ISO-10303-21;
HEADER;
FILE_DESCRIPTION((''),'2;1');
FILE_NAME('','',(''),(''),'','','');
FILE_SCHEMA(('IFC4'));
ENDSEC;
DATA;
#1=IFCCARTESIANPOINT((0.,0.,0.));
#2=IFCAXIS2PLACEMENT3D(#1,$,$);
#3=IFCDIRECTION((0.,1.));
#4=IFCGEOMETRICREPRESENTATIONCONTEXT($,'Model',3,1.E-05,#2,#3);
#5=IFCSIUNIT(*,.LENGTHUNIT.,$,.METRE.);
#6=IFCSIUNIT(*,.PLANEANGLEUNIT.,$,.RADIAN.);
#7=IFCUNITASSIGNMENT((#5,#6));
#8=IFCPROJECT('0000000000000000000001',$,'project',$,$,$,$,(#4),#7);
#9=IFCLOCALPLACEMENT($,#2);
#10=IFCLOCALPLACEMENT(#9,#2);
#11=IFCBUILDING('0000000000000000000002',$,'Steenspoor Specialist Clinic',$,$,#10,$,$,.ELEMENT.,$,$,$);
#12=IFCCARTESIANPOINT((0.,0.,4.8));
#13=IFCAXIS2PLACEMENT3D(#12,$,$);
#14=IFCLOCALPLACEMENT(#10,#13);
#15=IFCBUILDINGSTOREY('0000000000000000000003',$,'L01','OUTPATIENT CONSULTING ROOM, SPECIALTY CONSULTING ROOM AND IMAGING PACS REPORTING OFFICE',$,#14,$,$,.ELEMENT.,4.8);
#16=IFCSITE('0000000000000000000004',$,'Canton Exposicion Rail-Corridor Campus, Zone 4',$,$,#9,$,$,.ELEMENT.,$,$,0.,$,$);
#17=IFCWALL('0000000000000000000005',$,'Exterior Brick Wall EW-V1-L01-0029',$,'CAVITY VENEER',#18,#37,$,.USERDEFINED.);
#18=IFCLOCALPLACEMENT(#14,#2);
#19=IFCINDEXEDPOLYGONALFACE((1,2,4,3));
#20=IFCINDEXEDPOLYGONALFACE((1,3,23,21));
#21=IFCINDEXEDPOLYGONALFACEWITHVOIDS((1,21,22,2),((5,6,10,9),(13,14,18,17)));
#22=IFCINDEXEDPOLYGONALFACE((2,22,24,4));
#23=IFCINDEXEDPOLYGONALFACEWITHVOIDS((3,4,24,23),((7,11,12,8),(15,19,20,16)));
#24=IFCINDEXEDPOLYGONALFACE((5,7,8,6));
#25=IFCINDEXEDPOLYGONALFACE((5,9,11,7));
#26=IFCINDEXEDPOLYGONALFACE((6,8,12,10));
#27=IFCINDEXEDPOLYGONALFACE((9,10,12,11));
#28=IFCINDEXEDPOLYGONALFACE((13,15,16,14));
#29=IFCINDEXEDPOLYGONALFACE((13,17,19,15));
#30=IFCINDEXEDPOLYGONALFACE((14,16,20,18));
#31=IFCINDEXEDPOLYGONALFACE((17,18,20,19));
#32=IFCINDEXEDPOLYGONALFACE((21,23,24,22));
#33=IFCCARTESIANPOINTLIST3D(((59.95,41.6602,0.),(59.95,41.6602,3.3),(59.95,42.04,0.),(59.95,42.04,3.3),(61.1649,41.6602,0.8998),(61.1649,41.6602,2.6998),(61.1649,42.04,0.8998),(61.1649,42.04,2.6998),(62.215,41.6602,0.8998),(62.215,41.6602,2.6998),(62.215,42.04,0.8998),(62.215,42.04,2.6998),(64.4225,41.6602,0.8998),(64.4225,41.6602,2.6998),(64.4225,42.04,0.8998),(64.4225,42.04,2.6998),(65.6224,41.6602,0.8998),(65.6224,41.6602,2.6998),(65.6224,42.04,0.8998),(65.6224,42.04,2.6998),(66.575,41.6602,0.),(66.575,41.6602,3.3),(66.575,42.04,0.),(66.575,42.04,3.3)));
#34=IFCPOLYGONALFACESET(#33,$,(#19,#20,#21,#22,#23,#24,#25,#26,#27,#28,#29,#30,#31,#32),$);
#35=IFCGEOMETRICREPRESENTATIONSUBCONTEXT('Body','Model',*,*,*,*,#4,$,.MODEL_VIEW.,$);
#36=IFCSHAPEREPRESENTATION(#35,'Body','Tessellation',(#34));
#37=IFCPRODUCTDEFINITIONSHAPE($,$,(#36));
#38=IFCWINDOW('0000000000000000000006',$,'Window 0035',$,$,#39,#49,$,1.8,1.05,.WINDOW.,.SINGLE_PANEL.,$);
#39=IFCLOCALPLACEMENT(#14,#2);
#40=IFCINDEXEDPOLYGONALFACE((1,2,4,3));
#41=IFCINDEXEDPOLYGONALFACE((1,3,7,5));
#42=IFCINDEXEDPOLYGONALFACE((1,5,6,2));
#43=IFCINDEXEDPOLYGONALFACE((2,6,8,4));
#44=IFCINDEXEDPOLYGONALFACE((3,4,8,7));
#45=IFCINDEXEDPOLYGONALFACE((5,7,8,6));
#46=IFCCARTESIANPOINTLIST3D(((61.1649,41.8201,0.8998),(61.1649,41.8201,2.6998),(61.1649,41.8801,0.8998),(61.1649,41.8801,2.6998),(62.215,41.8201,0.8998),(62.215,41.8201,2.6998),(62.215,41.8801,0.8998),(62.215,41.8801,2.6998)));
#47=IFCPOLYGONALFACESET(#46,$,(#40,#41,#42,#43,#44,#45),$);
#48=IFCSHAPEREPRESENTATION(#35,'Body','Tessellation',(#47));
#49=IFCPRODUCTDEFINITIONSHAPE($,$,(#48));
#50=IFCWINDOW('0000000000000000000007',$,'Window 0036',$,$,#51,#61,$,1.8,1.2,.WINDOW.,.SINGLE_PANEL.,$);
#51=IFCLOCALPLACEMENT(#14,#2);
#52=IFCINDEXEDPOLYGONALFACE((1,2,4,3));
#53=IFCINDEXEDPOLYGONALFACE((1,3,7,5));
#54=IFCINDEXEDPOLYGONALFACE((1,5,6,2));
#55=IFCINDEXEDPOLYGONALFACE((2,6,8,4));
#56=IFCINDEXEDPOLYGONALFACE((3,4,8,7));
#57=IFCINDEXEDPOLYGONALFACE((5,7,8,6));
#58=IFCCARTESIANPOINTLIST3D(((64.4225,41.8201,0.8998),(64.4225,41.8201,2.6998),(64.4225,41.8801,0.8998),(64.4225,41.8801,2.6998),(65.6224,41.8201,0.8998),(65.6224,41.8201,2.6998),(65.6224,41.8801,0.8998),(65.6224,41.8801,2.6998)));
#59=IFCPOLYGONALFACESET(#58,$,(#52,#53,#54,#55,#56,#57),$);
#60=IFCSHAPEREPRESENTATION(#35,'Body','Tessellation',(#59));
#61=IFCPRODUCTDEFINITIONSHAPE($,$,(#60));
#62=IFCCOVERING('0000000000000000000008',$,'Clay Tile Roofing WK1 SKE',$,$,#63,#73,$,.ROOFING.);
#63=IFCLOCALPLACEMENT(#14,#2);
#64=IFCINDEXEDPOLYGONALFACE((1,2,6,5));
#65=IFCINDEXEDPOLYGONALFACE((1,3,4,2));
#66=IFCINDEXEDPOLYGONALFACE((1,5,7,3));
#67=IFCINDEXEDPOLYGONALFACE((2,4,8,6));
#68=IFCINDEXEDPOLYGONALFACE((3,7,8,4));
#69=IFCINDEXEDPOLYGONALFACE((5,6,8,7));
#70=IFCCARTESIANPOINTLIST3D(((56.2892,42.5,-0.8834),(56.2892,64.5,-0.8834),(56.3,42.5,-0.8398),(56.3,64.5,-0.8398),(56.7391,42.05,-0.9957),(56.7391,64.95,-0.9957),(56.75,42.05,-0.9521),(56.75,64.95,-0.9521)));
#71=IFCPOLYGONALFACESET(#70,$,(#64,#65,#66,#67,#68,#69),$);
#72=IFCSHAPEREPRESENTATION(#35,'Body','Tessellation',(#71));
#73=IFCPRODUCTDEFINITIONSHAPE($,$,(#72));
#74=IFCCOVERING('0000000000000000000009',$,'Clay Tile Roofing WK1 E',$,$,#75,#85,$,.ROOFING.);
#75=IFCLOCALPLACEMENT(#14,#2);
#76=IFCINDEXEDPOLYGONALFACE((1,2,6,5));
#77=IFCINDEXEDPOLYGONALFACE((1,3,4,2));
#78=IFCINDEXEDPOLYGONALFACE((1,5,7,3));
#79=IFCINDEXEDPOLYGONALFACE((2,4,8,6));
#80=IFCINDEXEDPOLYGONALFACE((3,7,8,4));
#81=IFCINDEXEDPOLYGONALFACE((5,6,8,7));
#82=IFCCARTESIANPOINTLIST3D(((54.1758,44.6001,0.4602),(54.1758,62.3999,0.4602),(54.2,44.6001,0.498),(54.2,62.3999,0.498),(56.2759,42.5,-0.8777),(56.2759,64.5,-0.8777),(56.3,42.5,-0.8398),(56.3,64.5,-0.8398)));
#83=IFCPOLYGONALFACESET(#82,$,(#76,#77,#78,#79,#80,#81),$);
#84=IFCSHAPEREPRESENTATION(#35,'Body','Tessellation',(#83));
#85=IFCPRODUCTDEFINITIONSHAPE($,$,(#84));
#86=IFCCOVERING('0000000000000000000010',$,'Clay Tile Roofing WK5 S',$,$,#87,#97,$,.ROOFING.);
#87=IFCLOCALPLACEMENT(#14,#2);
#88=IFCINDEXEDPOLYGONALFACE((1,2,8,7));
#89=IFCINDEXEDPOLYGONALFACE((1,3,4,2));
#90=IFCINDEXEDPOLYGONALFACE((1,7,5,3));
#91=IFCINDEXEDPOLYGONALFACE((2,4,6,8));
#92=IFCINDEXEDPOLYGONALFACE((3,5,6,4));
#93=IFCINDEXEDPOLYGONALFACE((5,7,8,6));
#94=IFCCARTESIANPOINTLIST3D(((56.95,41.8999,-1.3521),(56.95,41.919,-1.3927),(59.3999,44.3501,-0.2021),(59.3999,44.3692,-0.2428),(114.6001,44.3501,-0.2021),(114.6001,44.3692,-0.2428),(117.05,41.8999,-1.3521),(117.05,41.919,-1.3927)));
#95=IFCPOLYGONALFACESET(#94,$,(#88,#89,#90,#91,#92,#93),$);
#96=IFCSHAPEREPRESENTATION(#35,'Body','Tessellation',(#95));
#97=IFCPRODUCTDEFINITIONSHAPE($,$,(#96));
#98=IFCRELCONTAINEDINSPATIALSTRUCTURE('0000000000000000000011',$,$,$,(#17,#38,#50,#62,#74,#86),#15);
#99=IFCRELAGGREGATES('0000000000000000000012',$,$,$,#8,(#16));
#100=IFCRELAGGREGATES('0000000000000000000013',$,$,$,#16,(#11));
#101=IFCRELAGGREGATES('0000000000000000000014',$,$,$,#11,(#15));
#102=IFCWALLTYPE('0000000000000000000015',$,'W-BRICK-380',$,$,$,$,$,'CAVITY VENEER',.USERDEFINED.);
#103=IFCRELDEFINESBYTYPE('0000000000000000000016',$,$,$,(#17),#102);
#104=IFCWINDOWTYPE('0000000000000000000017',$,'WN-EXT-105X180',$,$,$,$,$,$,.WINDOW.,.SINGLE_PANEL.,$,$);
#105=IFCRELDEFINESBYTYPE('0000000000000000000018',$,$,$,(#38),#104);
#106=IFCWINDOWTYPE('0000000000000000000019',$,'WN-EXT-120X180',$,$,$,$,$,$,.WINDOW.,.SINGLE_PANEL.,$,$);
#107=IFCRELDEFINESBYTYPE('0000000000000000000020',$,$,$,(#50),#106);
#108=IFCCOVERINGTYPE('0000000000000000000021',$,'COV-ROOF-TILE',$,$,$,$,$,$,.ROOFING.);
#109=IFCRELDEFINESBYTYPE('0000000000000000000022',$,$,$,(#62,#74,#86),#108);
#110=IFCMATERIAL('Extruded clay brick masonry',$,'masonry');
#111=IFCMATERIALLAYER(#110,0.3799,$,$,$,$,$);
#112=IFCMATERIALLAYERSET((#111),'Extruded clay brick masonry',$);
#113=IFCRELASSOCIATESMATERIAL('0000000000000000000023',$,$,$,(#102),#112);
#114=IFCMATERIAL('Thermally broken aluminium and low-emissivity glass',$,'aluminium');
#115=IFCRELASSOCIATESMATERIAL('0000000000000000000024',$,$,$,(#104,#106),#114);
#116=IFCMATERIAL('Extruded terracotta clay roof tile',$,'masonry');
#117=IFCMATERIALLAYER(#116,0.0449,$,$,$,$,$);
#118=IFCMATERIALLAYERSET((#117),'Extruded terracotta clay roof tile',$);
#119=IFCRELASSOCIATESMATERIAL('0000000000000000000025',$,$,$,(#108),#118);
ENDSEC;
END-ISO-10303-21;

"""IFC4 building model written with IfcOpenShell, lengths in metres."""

from ifc_helpers import new_model, si_unit, direction, frame, frame_2d, origin, place, context, subcontext, project, spatial, polyline, rectangle, outline, extrude, material, layer, layer_set, type_object, element, fill, save


model = new_model("IFC4")

# Units and contexts
model_context = context("Model", 3, precision=1e-05, world=origin(), true_north=direction((0.0, 1.0)))
body_context = subcontext(model_context, "Body", "Model", "MODEL_VIEW")
ifc_project = project(units=[si_unit("LENGTHUNIT", "METRE"), si_unit("PLANEANGLEUNIT", "RADIAN")], contexts=[model_context])

# Site, building, storey
site_placement = place(None, origin())
site = spatial("IfcSite", under=ifc_project, at=site_placement, Name="Canton Exposicion Rail-Corridor Campus, Zone 4", CompositionType="ELEMENT", RefElevation=0.0)
building_placement = place(site_placement, origin())
building = spatial("IfcBuilding", under=site, at=building_placement, Name="Steenspoor Specialist Clinic", CompositionType="ELEMENT")
storey_placement = place(building_placement, frame((0.0, 0.0, 4.8)))
storey = spatial("IfcBuildingStorey", under=building, at=storey_placement, Name="L01", Description="OUTPATIENT CONSULTING ROOM, SPECIALTY CONSULTING ROOM AND IMAGING PACS REPORTING OFFICE", CompositionType="ELEMENT", Elevation=4.8)

# Shared definitions
ifc_material_1 = material(Name="Thermally broken aluminium and low-emissivity glass", Category="aluminium")

# Shared definitions
ifc_material_2 = material(Name="Extruded terracotta clay roof tile", Category="masonry")

# Wall, openings, windows
ifc_material_3 = material(Name="Extruded clay brick masonry", Category="masonry")
ifc_layer_1 = layer(ifc_material_3, 0.3799)
ifc_layer_set_1 = layer_set([ifc_layer_1], Name="Extruded clay brick masonry")
wall_type = type_object("IfcWallType", Name="W-BRICK-380", ElementType="CAVITY VENEER", PredefinedType="USERDEFINED", material=ifc_layer_set_1)
wall_placement = place(storey_placement, frame((59.95, 41.8501, 0.0), z_axis=(0.0, 0.0, 1.0), x_axis=(1.0, 0.0, 0.0)))
wall = element("IfcWall", 1, at=wall_placement, inside=storey, type_object=wall_type, Name="Exterior Brick Wall EW-V1-L01-0029", ObjectType="CAVITY VENEER", PredefinedType="USERDEFINED", context=body_context, shape_type="SweptSolid", body=[
    extrude(rectangle(XDim=6.625, YDim=0.3799, at=frame_2d((3.3125, 0.0))), origin(), (0.0, 0.0, 1.0), 3.3),
])
opening_1_placement = place(wall_placement, frame((1.2151, 0.0, 0.8999)))
opening_1 = element("IfcOpeningElement", 2, at=opening_1_placement, cuts=wall, PredefinedType="OPENING", context=body_context, shape_type="SweptSolid", body=[
    extrude(rectangle(XDim=1.05, YDim=1.8, at=frame_2d((0.5249, 0.8999))), frame((0.0, 0.2, 0.0), z_axis=(0.0, -1.0, 0.0), x_axis=(1.0, 0.0, 0.0)), (0.0, 0.0, 1.0), 0.3999),
])
opening_2_placement = place(wall_placement, frame((4.4724, 0.0, 0.8999)))
opening_2 = element("IfcOpeningElement", 3, at=opening_2_placement, cuts=wall, PredefinedType="OPENING", context=body_context, shape_type="SweptSolid", body=[
    extrude(rectangle(XDim=1.2, YDim=1.8, at=frame_2d((0.6001, 0.8999))), frame((0.0, 0.2, 0.0), z_axis=(0.0, -1.0, 0.0), x_axis=(1.0, 0.0, 0.0)), (0.0, 0.0, 1.0), 0.3999),
])
window_type_1 = type_object("IfcWindowType", Name="WN-EXT-105X180", PartitioningType="SINGLE_PANEL", PredefinedType="WINDOW", material=ifc_material_1)
window_1_placement = place(opening_1_placement, origin())
window_1 = element("IfcWindow", 4, at=window_1_placement, inside=storey, type_object=window_type_1, Name="Window 0035", OverallHeight=1.8, OverallWidth=1.05, PartitioningType="SINGLE_PANEL", PredefinedType="WINDOW", context=body_context, shape_type="SweptSolid", body=[
    extrude(rectangle(XDim=1.05, YDim=1.8, at=frame_2d((0.5249, 0.8999))), frame((0.0, 0.03, 0.0), z_axis=(0.0, -1.0, 0.0), x_axis=(1.0, 0.0, 0.0)), (0.0, 0.0, 1.0), 0.0601),
])
fill(opening_1, window_1)
window_type_2 = type_object("IfcWindowType", Name="WN-EXT-120X180", PartitioningType="SINGLE_PANEL", PredefinedType="WINDOW", material=ifc_material_1)
window_2_placement = place(opening_2_placement, origin())
window_2 = element("IfcWindow", 5, at=window_2_placement, inside=storey, type_object=window_type_2, Name="Window 0036", OverallHeight=1.8, OverallWidth=1.2, PartitioningType="SINGLE_PANEL", PredefinedType="WINDOW", context=body_context, shape_type="SweptSolid", body=[
    extrude(rectangle(XDim=1.2, YDim=1.8, at=frame_2d((0.6001, 0.8999))), frame((0.0, 0.03, 0.0), z_axis=(0.0, -1.0, 0.0), x_axis=(1.0, 0.0, 0.0)), (0.0, 0.0, 1.0), 0.0601),
])
fill(opening_2, window_2)

# Coverings
ifc_layer_2 = layer(ifc_material_2, 0.0449)
ifc_layer_set_2 = layer_set([ifc_layer_2], Name="Extruded terracotta clay roof tile")
covering_type = type_object("IfcCoveringType", Name="COV-ROOF-TILE", PredefinedType="ROOFING", material=ifc_layer_set_2)
covering_1_placement = place(storey_placement, frame((56.75, 42.05, -0.9521), z_axis=(0.242164, 0.0, 0.970235), x_axis=(0.0, 1.0, 0.0)))
element("IfcCovering", 6, at=covering_1_placement, inside=storey, type_object=covering_type, Name="Clay Tile Roofing WK1 SKE", PredefinedType="ROOFING", context=body_context, shape_type="SweptSolid", body=[
    extrude(outline(polyline([(0.0, 0.0), (22.8999, 0.0), (22.45, 0.4638), (0.45, 0.4638), (0.0, 0.0)])), origin(), (0.0, 0.0, -1.0), 0.0449),
])
covering_2_placement = place(storey_placement, frame((56.3, 42.5, -0.8398), z_axis=(0.537294, 0.0, 0.843395), x_axis=(0.0, 1.0, 0.0)))
element("IfcCovering", 7, at=covering_2_placement, inside=storey, type_object=covering_type, Name="Clay Tile Roofing WK1 E", PredefinedType="ROOFING", context=body_context, shape_type="SweptSolid", body=[
    extrude(outline(polyline([(0.0, 0.0), (22.0, 0.0), (19.8999, 2.4901), (2.1001, 2.4901), (0.0, 0.0)])), origin(), (0.0, 0.0, -1.0), 0.0449),
])
covering_3_placement = place(storey_placement, frame((56.95, 41.8999, -1.3521), z_axis=(0.0, -0.42485, 0.905264), x_axis=(1.0, 0.0, 0.0)))
element("IfcCovering", 8, at=covering_3_placement, inside=storey, type_object=covering_type, Name="Clay Tile Roofing WK5 S", PredefinedType="ROOFING", context=body_context, shape_type="SweptSolid", body=[
    extrude(outline(polyline([(0.0, 0.0), (60.1001, 0.0), (57.6501, 2.7066), (2.45, 2.7066), (0.0, 0.0)])), origin(), (0.0, 0.0, -1.0), 0.0449),
])

save(model, "model.ifc")
